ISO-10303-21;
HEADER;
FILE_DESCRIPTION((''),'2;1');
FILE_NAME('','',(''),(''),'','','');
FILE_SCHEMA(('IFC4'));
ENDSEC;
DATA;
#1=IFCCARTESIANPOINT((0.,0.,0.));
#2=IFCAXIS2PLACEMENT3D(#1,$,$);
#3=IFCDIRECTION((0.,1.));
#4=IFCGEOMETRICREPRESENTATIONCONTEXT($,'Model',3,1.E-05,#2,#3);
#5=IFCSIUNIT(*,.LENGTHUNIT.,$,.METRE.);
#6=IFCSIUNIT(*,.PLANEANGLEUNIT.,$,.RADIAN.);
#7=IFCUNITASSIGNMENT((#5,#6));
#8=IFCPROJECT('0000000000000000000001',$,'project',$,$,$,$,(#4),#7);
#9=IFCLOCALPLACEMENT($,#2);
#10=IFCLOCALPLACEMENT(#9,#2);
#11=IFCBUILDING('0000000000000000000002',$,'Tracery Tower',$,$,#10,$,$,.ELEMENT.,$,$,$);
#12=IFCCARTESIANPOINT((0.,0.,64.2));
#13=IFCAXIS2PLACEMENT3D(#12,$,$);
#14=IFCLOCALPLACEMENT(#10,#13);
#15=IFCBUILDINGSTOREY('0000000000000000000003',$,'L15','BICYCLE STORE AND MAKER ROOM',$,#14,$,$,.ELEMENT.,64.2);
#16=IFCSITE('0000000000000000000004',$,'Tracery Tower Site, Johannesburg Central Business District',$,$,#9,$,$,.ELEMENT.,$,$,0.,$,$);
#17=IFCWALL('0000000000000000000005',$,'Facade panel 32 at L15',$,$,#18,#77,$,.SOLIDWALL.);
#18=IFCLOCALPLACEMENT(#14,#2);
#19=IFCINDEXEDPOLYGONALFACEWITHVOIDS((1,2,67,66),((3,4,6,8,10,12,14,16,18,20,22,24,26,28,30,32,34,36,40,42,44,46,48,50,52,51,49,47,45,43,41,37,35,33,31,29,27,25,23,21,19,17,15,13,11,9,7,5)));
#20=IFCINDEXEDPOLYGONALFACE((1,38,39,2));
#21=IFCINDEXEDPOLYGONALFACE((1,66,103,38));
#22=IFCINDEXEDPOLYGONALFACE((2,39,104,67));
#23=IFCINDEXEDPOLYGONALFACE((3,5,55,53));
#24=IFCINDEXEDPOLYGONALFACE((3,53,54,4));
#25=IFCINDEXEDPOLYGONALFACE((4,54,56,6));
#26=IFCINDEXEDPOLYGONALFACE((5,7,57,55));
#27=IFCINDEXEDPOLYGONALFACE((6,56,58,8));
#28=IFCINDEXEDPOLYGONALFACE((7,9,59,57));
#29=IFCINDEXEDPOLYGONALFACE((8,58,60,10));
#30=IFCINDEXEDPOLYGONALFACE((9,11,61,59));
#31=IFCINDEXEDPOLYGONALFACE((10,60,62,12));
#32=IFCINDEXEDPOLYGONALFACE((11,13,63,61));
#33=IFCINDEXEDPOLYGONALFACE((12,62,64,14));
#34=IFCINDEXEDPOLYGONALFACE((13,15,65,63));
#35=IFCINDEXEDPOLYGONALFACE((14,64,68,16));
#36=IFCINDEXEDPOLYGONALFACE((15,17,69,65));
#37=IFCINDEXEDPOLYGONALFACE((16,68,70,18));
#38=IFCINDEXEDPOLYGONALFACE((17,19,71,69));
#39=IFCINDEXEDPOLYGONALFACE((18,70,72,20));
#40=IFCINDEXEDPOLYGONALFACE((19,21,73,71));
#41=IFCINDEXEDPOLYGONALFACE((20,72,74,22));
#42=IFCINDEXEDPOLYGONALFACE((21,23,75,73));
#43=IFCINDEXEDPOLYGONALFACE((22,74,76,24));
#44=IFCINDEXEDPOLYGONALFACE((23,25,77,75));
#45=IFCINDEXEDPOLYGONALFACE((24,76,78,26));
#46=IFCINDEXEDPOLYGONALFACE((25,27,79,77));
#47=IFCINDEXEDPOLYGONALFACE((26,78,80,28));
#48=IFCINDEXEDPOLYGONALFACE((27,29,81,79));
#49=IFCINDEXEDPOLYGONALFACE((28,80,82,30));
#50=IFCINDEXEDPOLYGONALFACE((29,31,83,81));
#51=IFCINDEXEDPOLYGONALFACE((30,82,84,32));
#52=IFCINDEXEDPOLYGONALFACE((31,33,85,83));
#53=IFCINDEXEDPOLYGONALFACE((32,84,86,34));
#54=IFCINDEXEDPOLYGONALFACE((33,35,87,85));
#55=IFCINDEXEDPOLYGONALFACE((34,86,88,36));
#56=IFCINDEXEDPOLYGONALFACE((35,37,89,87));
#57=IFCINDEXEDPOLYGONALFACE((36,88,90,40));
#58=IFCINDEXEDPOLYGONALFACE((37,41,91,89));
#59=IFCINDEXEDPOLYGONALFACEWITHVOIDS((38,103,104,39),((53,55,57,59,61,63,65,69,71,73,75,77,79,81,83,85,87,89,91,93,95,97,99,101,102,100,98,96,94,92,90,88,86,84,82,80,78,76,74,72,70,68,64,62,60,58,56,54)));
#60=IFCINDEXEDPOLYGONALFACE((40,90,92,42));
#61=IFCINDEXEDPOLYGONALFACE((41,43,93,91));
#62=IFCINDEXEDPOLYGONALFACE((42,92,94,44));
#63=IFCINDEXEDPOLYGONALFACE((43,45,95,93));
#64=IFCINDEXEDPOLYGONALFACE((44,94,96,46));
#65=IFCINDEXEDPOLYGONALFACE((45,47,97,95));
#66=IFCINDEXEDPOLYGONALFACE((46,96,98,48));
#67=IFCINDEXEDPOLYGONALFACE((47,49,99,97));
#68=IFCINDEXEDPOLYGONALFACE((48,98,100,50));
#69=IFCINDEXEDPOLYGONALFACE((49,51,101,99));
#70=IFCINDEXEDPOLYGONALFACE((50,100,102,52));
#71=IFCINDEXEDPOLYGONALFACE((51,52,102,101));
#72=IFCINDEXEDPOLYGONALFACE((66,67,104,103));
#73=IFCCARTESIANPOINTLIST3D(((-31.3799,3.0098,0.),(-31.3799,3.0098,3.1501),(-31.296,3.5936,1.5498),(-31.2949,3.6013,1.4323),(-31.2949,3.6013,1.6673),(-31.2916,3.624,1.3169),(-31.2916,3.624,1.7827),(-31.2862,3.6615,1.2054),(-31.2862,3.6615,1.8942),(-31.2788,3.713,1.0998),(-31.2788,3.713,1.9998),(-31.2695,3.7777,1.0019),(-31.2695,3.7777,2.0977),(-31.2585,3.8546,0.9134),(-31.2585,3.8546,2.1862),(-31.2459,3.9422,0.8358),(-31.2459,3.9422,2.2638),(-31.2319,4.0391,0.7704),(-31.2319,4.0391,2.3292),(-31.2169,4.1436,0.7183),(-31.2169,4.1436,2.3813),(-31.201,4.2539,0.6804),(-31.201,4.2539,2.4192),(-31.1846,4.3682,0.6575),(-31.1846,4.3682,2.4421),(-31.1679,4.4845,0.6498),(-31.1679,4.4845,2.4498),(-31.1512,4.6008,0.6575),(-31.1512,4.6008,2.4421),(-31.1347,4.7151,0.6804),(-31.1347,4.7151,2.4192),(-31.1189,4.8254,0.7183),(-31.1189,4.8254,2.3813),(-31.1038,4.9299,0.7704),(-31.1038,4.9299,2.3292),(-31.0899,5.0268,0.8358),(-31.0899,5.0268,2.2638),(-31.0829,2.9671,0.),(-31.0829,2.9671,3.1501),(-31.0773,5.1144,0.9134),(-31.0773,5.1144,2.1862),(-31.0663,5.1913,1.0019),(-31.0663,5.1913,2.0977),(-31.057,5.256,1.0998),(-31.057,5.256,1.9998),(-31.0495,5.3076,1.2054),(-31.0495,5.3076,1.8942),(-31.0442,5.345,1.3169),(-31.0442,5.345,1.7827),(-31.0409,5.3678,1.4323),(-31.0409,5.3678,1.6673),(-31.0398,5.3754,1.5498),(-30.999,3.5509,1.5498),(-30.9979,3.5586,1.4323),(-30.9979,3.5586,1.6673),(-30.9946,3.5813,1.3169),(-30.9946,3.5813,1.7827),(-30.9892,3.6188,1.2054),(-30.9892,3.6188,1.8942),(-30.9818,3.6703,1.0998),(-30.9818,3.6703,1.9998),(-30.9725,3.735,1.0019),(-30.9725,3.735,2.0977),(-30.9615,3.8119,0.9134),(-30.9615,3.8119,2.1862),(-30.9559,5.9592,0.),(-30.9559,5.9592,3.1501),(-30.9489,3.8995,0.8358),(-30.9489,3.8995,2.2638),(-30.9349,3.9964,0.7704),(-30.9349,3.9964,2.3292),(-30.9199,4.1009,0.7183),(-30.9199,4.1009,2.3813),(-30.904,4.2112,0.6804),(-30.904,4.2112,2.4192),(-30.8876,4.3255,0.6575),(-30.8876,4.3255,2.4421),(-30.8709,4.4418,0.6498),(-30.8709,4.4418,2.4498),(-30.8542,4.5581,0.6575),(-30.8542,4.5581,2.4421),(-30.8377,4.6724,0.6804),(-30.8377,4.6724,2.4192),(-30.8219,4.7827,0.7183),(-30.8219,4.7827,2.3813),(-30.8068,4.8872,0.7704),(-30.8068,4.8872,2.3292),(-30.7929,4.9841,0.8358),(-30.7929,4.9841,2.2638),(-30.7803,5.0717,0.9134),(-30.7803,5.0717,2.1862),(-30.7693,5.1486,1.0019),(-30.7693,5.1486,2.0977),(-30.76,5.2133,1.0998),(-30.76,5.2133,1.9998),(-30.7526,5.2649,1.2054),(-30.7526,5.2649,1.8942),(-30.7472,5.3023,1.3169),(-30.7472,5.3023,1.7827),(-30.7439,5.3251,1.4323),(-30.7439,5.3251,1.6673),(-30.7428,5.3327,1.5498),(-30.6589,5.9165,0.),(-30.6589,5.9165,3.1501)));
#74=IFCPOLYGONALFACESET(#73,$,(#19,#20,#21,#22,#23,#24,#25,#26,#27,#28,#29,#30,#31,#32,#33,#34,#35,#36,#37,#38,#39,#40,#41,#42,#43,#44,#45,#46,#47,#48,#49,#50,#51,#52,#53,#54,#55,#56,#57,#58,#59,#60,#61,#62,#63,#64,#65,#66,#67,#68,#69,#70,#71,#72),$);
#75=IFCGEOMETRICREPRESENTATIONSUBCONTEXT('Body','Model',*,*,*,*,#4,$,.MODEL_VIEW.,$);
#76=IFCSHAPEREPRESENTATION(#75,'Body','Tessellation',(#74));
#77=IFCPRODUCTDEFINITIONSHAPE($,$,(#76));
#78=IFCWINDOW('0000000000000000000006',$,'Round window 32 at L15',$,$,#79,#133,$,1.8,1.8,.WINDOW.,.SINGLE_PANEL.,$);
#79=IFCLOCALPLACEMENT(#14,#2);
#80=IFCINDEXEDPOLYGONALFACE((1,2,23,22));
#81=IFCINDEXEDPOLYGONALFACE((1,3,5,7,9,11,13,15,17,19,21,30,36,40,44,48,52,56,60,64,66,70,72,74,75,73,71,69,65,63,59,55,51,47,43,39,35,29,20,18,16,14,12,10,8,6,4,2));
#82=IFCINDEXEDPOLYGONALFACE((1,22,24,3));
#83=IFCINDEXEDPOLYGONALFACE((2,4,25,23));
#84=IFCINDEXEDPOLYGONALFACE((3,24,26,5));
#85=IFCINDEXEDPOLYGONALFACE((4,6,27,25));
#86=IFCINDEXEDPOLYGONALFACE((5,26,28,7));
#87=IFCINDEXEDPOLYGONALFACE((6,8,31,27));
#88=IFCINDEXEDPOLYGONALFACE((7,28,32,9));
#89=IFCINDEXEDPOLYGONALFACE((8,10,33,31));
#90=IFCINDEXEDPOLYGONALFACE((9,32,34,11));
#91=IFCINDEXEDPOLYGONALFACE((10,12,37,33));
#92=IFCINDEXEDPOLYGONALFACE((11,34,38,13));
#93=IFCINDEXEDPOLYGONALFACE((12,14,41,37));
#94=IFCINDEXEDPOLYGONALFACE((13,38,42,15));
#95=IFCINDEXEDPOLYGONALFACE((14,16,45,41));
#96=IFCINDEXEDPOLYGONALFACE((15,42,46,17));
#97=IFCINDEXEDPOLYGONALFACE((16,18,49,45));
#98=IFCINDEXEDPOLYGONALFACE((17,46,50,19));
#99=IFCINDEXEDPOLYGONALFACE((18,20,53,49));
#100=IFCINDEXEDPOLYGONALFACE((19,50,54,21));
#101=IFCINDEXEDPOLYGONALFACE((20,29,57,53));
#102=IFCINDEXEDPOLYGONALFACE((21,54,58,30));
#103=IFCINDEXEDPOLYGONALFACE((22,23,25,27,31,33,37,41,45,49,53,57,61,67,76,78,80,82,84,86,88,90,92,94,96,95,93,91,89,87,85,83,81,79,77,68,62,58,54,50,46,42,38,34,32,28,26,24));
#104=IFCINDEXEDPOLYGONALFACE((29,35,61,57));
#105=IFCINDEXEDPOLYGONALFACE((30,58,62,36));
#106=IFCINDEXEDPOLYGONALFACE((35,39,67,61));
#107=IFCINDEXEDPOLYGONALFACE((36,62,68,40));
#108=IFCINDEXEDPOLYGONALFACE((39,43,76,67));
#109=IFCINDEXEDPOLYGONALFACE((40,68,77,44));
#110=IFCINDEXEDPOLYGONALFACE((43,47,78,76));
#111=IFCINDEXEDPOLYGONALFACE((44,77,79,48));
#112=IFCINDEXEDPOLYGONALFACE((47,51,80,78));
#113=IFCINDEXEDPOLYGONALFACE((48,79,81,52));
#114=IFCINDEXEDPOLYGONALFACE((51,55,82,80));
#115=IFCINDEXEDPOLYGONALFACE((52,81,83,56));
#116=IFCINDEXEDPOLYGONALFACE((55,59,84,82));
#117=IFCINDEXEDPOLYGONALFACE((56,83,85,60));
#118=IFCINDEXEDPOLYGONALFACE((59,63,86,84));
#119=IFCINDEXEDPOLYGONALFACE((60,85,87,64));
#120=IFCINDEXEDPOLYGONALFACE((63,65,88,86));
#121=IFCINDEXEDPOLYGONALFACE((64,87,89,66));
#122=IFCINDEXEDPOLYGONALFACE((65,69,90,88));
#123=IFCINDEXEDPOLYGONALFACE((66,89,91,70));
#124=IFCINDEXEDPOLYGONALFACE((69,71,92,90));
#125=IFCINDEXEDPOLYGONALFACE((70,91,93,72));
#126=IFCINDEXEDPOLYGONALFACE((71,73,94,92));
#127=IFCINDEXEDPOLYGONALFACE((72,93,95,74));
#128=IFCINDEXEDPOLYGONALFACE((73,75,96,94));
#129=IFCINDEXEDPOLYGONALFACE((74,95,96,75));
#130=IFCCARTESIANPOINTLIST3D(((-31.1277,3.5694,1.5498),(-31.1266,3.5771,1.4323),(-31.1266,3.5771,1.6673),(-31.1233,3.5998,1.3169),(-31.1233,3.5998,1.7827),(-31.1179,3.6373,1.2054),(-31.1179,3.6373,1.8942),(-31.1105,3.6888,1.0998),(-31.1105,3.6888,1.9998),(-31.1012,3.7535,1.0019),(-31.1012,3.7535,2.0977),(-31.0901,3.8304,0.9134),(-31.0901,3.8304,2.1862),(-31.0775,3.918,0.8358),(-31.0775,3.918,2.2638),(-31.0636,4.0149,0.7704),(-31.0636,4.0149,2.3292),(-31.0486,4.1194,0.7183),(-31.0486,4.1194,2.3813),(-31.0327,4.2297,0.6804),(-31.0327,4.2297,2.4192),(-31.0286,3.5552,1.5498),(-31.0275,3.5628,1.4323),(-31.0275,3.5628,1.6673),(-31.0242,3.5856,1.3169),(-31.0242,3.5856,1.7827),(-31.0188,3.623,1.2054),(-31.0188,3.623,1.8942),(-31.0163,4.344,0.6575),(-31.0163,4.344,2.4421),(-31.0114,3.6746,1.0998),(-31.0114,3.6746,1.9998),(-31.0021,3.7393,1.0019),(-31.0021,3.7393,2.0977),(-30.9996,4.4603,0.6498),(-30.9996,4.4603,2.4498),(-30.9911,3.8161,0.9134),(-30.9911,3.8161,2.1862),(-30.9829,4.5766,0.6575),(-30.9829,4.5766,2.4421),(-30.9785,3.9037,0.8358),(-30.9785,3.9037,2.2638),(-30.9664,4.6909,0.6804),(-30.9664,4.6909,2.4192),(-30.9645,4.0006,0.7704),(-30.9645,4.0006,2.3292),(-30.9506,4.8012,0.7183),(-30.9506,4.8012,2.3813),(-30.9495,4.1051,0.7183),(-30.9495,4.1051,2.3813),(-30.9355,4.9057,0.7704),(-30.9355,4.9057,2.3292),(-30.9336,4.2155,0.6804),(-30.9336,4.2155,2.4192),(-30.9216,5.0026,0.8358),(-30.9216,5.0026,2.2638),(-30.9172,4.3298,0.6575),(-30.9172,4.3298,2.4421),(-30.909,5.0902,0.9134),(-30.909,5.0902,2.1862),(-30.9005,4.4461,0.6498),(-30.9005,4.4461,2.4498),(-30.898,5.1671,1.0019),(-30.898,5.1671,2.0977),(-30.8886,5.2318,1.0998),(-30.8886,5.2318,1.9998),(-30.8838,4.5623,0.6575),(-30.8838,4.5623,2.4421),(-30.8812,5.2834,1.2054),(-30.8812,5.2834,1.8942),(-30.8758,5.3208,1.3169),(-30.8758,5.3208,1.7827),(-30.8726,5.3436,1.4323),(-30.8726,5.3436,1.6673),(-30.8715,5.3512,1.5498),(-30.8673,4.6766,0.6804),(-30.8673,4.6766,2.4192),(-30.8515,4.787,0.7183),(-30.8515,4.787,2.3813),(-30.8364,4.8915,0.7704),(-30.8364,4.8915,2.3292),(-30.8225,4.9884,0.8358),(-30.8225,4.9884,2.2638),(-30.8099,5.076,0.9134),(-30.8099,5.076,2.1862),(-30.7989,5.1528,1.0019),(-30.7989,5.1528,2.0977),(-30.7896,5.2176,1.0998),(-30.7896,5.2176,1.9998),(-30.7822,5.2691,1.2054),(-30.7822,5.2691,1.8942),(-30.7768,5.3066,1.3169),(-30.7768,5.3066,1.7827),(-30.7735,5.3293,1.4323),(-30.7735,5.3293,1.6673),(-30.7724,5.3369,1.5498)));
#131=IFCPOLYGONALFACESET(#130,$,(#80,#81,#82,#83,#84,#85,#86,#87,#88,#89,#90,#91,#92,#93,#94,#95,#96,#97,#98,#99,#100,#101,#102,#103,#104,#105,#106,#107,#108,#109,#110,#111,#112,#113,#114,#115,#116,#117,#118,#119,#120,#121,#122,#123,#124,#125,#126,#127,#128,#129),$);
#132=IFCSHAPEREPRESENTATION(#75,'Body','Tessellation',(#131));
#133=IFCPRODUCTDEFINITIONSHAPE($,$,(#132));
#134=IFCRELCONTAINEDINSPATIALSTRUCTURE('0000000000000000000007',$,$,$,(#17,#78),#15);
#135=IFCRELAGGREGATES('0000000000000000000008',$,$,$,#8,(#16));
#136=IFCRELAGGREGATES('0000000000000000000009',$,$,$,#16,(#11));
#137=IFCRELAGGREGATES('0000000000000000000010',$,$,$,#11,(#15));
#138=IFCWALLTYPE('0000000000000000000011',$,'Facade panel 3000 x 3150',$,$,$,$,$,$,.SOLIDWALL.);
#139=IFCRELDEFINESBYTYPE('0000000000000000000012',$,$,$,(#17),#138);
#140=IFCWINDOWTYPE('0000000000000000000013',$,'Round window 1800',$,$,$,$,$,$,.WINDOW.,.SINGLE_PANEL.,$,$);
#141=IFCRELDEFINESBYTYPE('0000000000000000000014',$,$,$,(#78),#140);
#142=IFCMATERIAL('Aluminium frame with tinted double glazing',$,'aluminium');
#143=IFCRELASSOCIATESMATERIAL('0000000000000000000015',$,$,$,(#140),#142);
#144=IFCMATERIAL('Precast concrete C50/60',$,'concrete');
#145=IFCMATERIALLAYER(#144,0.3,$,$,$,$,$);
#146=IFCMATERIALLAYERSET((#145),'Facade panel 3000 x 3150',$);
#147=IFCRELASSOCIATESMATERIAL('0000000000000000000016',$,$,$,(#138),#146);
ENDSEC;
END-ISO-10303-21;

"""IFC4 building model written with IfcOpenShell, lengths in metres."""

from ifc_helpers import new_model, si_unit, direction, frame, frame_2d, origin, origin_2d, place, context, subcontext, project, spatial, rectangle, circle, extrude, material, layer, layer_set, type_object, element, fill, save


model = new_model("IFC4")

# Units and contexts
model_context = context("Model", 3, precision=1e-05, world=origin(), true_north=direction((0.0, 1.0)))
body_context = subcontext(model_context, "Body", "Model", "MODEL_VIEW")
ifc_project = project(units=[si_unit("LENGTHUNIT", "METRE"), si_unit("PLANEANGLEUNIT", "RADIAN")], contexts=[model_context])

# Site, building, storey
site_placement = place(None, origin())
site = spatial("IfcSite", under=ifc_project, at=site_placement, Name="Tracery Tower Site, Johannesburg Central Business District", CompositionType="ELEMENT", RefElevation=0.0)
building_placement = place(site_placement, origin())
building = spatial("IfcBuilding", under=site, at=building_placement, Name="Tracery Tower", CompositionType="ELEMENT")
storey_placement = place(building_placement, frame((0.0, 0.0, 64.2)))
storey = spatial("IfcBuildingStorey", under=building, at=storey_placement, Name="L15", Description="BICYCLE STORE AND MAKER ROOM", CompositionType="ELEMENT", Elevation=64.2)

# Wall, opening, window
ifc_material_1 = material(Name="Aluminium frame with tinted double glazing", Category="aluminium")
window_type = type_object("IfcWindowType", Name="Round window 1800", PartitioningType="SINGLE_PANEL", PredefinedType="WINDOW", material=ifc_material_1)
ifc_material_2 = material(Name="Precast concrete C50/60", Category="concrete")
ifc_layer_1 = layer(ifc_material_2, 0.3)
ifc_layer_set_1 = layer_set([ifc_layer_1], Name="Facade panel 3000 x 3150")
wall_type_1 = type_object("IfcWallType", Name="Facade panel 3000 x 3150", PredefinedType="SOLIDWALL", material=ifc_layer_set_1)
wall_1_placement = place(storey_placement, frame((-30.8074, 5.9377, 0.0), z_axis=(0.0, 0.0, 1.0), x_axis=(-0.142316, -0.989821, 0.0)))
wall_1 = element("IfcWall", 1, at=wall_1_placement, inside=storey, type_object=wall_type_1, Name="Facade panel 32 at L15", PredefinedType="SOLIDWALL", context=body_context, shape_type="SweptSolid", body=[
    extrude(rectangle(XDim=2.9797, YDim=0.3, at=frame_2d((1.4897, 0.0))), origin(), (0.0, 0.0, 1.0), 3.1501),
])
opening_1_placement = place(wall_1_placement, frame((1.4897, 0.0, 1.5498)))
opening_1 = element("IfcOpeningElement", 2, at=opening_1_placement, cuts=wall_1, PredefinedType="OPENING", context=body_context, shape_type="SweptSolid", body=[
    extrude(circle(Radius=0.9, at=origin_2d()), frame((0.0, 0.1599, 0.0), z_axis=(0.0, -1.0, 0.0), x_axis=(1.0, 0.0, 0.0)), (0.0, 0.0, 1.0), 0.3201),
])
window_1_placement = place(opening_1_placement, origin())
window_1 = element("IfcWindow", 3, at=window_1_placement, inside=storey, type_object=window_type, Name="Round window 32 at L15", OverallHeight=1.8, OverallWidth=1.8, PartitioningType="SINGLE_PANEL", PredefinedType="WINDOW", context=body_context, shape_type="SweptSolid", body=[
    extrude(circle(Radius=0.9, at=origin_2d()), frame((0.0, 0.1201, 0.0), z_axis=(0.0, -1.0, 0.0), x_axis=(1.0, 0.0, 0.0)), (0.0, 0.0, 1.0), 0.1001),
])
fill(opening_1, window_1)

save(model, "model.ifc")
